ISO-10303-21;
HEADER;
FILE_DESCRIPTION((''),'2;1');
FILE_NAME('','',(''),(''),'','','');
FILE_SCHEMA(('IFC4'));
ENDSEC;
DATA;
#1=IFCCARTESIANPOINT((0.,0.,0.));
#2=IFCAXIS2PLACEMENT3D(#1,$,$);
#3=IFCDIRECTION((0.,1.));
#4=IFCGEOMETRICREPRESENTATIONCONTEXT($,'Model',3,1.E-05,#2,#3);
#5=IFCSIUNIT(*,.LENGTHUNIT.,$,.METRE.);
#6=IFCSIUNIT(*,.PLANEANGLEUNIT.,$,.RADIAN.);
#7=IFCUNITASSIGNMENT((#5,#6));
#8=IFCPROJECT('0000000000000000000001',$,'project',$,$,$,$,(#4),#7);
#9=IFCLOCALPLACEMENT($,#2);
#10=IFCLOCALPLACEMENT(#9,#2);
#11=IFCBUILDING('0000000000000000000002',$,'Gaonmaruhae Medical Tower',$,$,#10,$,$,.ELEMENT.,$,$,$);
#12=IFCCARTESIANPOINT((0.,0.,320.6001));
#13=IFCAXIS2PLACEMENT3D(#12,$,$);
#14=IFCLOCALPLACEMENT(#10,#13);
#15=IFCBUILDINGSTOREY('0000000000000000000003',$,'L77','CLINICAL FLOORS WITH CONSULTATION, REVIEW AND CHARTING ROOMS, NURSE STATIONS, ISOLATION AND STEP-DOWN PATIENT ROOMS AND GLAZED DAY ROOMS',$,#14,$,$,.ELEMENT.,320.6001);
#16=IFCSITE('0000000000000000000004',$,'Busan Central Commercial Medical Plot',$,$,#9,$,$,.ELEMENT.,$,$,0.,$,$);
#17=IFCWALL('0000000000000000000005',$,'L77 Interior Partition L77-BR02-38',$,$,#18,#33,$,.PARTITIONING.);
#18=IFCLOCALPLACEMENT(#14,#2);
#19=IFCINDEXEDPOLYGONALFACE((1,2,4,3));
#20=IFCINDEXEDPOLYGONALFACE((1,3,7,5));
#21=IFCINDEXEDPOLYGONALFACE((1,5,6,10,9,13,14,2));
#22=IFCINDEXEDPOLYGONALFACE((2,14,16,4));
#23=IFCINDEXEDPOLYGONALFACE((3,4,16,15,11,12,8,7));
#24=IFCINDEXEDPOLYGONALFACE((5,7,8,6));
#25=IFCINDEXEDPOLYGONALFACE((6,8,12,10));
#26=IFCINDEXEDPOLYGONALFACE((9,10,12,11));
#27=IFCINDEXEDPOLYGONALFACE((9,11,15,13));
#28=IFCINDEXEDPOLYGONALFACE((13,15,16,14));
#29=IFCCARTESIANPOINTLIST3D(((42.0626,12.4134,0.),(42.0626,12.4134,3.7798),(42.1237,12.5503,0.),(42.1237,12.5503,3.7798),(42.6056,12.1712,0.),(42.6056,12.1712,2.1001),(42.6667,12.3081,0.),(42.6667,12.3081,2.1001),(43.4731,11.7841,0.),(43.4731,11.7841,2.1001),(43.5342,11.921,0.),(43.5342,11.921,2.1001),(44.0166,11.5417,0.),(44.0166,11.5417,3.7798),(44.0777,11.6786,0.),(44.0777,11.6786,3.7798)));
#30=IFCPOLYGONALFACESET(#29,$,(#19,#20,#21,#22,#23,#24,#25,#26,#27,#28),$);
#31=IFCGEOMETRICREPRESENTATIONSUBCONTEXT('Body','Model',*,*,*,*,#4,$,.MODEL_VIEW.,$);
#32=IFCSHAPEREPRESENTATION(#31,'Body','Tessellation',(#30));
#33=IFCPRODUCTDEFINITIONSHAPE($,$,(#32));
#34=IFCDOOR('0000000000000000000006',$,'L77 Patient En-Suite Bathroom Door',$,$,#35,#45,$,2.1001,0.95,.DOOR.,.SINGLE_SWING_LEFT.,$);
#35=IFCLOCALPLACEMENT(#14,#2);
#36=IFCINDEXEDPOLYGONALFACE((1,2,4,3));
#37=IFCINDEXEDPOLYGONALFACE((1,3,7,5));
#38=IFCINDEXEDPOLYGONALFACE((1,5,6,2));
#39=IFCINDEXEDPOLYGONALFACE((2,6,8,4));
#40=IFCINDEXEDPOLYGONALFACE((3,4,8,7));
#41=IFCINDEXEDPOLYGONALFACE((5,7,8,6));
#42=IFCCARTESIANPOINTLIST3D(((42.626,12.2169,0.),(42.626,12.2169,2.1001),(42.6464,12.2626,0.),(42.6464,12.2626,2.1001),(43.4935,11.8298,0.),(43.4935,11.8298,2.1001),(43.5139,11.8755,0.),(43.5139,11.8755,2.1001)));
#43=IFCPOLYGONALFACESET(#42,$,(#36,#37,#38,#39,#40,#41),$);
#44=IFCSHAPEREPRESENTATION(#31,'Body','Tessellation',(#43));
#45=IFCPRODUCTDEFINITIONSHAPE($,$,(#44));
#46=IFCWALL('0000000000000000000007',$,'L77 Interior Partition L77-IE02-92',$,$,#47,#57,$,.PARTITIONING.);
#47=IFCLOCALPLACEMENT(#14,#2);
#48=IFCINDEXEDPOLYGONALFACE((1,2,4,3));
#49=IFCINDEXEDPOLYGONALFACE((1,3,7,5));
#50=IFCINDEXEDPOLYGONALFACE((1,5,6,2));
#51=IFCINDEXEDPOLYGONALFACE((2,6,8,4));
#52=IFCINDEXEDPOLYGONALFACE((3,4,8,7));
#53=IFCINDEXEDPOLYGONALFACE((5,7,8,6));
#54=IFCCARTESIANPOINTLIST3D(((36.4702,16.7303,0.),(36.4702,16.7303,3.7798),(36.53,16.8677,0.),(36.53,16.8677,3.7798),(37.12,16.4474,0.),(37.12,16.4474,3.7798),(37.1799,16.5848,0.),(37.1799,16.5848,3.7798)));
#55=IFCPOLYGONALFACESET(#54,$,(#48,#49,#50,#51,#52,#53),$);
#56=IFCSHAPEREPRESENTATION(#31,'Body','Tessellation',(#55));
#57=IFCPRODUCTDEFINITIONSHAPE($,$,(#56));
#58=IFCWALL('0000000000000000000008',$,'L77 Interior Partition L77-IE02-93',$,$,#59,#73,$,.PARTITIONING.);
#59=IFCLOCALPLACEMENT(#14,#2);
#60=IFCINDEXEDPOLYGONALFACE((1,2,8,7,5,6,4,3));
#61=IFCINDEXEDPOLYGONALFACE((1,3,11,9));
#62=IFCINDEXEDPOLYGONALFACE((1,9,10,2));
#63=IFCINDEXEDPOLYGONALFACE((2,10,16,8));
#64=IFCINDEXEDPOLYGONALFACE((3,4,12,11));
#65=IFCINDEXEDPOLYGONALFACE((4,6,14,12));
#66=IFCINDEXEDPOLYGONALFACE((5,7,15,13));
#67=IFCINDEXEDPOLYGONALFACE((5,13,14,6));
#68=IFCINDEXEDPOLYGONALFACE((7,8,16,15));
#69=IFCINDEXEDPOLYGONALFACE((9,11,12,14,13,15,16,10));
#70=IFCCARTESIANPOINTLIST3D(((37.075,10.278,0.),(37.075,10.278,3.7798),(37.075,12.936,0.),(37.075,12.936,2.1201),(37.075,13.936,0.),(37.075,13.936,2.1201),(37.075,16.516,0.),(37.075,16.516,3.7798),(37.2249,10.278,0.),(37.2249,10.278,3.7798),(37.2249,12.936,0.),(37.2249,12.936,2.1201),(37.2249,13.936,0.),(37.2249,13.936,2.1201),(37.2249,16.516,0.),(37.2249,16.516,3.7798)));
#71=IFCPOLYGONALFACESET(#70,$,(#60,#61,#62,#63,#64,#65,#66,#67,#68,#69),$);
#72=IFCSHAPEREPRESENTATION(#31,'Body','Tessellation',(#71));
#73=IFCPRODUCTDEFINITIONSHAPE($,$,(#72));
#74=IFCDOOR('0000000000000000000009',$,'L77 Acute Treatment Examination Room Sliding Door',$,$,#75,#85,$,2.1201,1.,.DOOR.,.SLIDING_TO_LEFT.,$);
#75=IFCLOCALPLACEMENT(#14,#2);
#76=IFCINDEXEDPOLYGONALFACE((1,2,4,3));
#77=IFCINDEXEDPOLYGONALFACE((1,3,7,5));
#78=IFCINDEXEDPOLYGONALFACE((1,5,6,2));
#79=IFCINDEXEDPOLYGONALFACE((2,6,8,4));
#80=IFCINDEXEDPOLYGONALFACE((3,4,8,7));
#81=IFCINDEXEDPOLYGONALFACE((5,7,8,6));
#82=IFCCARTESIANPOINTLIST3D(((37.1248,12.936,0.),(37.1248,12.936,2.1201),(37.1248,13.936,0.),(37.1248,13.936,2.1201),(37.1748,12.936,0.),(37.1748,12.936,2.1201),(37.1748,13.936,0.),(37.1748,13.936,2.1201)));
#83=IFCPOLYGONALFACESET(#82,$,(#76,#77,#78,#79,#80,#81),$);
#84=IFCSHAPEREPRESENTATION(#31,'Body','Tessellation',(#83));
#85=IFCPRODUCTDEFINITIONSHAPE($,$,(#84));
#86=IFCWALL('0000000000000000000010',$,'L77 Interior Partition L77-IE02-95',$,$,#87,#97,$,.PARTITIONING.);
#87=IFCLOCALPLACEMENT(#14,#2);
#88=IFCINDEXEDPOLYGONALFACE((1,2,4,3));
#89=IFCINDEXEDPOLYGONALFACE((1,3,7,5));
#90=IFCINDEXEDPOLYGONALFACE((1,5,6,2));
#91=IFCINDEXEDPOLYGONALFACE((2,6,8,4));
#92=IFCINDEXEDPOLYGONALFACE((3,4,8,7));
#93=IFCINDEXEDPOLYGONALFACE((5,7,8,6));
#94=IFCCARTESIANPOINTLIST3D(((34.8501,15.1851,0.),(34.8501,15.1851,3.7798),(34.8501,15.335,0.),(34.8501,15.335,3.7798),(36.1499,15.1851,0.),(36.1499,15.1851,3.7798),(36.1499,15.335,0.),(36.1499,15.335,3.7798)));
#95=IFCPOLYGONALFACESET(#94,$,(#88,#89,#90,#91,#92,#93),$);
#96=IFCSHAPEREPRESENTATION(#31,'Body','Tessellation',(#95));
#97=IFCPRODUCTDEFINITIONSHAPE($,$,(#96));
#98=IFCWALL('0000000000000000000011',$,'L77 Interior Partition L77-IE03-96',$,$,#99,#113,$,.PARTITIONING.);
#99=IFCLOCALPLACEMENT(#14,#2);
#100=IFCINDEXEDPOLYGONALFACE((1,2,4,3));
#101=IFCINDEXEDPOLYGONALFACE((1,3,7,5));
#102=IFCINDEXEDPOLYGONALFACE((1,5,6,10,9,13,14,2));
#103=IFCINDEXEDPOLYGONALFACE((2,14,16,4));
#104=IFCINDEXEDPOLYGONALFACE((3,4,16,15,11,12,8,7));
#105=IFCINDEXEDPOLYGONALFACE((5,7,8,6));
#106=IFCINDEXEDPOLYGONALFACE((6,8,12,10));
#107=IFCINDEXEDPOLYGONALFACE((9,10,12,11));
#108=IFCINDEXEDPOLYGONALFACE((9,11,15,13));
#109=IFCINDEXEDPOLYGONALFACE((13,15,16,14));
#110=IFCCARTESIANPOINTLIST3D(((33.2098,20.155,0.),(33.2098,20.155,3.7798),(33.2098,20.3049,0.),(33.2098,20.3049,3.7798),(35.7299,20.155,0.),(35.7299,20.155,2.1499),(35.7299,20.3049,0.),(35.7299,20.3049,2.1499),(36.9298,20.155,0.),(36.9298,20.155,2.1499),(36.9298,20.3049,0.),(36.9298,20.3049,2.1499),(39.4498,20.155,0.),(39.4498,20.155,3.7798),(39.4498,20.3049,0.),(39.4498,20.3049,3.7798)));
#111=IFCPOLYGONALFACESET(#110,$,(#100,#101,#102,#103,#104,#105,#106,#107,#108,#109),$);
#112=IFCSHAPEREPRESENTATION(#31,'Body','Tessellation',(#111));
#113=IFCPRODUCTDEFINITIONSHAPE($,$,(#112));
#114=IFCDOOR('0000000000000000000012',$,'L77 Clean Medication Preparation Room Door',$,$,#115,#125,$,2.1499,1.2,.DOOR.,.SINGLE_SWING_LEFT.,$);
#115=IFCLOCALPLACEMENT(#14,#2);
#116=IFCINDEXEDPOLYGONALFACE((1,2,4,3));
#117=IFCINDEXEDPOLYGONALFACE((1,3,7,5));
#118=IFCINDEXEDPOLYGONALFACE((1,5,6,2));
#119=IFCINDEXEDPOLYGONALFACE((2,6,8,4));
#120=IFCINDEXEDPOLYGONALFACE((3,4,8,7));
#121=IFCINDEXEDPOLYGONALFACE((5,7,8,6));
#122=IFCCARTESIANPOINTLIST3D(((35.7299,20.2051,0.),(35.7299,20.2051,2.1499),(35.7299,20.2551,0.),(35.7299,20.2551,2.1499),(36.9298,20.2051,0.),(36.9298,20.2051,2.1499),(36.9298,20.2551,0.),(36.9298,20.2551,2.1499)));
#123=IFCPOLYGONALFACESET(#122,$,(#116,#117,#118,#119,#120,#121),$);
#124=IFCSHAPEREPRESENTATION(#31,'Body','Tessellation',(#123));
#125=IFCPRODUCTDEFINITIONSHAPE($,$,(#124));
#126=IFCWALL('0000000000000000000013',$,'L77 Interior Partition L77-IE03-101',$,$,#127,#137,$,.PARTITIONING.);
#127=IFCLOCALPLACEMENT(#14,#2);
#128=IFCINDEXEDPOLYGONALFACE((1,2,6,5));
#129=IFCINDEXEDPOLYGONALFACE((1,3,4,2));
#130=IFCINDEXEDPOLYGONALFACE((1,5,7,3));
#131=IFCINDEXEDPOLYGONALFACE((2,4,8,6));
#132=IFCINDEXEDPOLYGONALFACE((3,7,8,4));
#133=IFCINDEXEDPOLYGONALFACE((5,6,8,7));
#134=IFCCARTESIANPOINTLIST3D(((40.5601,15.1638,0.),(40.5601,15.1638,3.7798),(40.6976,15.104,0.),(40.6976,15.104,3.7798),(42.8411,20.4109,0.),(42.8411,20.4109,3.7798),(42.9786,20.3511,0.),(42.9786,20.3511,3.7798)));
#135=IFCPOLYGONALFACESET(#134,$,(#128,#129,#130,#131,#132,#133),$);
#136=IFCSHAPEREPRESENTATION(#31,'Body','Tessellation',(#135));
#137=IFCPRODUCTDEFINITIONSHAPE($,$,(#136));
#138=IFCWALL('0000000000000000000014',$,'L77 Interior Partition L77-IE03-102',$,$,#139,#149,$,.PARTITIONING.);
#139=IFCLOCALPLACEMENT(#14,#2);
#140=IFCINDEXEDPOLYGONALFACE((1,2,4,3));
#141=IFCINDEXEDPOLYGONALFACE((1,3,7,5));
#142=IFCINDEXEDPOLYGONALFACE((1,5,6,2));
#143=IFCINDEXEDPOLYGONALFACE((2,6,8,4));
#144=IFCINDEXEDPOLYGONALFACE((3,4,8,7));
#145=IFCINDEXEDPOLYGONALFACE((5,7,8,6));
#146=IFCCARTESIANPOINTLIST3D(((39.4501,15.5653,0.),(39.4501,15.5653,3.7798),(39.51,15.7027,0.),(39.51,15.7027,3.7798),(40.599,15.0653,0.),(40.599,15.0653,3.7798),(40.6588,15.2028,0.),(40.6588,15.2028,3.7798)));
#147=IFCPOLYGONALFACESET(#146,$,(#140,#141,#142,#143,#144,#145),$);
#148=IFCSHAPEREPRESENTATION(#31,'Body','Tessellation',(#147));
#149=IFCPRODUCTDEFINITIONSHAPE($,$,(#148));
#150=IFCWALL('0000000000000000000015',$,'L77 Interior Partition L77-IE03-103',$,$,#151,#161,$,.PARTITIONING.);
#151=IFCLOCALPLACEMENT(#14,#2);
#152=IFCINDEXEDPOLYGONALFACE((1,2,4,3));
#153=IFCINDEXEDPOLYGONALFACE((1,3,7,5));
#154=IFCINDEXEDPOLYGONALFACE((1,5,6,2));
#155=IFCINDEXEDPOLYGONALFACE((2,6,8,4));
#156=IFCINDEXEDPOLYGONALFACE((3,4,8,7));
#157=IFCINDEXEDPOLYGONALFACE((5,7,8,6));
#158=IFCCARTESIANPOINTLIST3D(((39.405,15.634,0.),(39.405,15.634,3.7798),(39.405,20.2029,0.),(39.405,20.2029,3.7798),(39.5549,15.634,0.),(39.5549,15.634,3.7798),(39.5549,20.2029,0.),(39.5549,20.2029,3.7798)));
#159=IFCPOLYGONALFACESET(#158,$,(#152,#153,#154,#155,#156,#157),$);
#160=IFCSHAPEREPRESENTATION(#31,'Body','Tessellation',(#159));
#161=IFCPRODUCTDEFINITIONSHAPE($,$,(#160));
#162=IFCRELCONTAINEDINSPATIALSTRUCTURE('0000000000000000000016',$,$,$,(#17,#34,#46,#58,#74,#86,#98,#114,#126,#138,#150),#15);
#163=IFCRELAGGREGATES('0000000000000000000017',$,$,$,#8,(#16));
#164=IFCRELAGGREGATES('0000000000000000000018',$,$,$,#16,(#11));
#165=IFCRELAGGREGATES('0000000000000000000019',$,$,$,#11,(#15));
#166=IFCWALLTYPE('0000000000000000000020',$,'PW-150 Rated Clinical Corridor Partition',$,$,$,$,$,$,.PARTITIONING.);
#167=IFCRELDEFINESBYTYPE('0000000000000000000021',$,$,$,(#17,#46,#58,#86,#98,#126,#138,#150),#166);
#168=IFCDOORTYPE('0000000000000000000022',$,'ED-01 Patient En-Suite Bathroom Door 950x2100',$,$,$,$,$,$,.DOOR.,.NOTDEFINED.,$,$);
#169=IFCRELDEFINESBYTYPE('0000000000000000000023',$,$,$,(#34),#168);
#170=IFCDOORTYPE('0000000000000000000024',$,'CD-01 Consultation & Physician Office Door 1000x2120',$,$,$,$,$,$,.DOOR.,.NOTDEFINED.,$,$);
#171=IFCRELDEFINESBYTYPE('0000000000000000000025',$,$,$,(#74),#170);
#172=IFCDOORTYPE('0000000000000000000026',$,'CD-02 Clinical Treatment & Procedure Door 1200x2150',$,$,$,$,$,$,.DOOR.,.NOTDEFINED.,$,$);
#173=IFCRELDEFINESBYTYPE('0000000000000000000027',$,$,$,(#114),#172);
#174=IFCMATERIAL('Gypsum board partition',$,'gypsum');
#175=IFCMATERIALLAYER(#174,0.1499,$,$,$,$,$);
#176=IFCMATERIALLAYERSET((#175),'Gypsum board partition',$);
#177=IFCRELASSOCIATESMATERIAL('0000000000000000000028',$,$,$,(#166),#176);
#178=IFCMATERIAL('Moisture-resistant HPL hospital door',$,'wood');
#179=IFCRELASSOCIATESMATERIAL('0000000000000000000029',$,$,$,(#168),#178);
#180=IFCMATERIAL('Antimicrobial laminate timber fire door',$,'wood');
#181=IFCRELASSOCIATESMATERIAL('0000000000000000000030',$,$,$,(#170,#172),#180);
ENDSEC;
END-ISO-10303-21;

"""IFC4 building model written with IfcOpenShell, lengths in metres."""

from ifc_helpers import new_model, si_unit, direction, frame, frame_2d, origin, place, context, subcontext, project, spatial, rectangle, extrude, material, layer, layer_set, type_object, element, fill, save


model = new_model("IFC4")

# Units and contexts
model_context = context("Model", 3, precision=1e-05, world=origin(), true_north=direction((0.0, 1.0)))
body_context = subcontext(model_context, "Body", "Model", "MODEL_VIEW")
ifc_project = project(units=[si_unit("LENGTHUNIT", "METRE"), si_unit("PLANEANGLEUNIT", "RADIAN")], contexts=[model_context])

# Site, building, storey
site_placement = place(None, origin())
site = spatial("IfcSite", under=ifc_project, at=site_placement, Name="Busan Central Commercial Medical Plot", CompositionType="ELEMENT", RefElevation=0.0)
building_placement = place(site_placement, origin())
building = spatial("IfcBuilding", under=site, at=building_placement, Name="Gaonmaruhae Medical Tower", CompositionType="ELEMENT")
storey_placement = place(building_placement, frame((0.0, 0.0, 320.6001)))
storey = spatial("IfcBuildingStorey", under=building, at=storey_placement, Name="L77", Description="CLINICAL FLOORS WITH CONSULTATION, REVIEW AND CHARTING ROOMS, NURSE STATIONS, ISOLATION AND STEP-DOWN PATIENT ROOMS AND GLAZED DAY ROOMS", CompositionType="ELEMENT", Elevation=320.6001)

# Shared definitions
ifc_material_1 = material(Name="Gypsum board partition", Category="gypsum")

# Shared definitions
ifc_layer_1 = layer(ifc_material_1, 0.1499)
ifc_layer_set_1 = layer_set([ifc_layer_1], Name="Gypsum board partition")
wall_type_1 = type_object("IfcWallType", Name="PW-150 Rated Clinical Corridor Partition", PredefinedType="PARTITIONING", material=ifc_layer_set_1)
ifc_material_2 = material(Name="Antimicrobial laminate timber fire door", Category="wood")

# Wall, opening, door
wall_1_placement = place(storey_placement, frame((44.0471, 11.6101, 0.0), z_axis=(0.0, 0.0, 1.0), x_axis=(-0.913232, 0.40744, 0.0)))
wall_1 = element("IfcWall", 1, at=wall_1_placement, inside=storey, type_object=wall_type_1, Name="L77 Interior Partition L77-BR02-38", PredefinedType="PARTITIONING", context=body_context, shape_type="SweptSolid", body=[
    extrude(rectangle(XDim=2.1396, YDim=0.1499, at=frame_2d((1.0698, 0.0))), origin(), (0.0, 0.0, 1.0), 3.7798),
])
opening_1_placement = place(wall_1_placement, frame((0.595, 0.0, 0.0)))
opening_1 = element("IfcOpeningElement", 2, at=opening_1_placement, cuts=wall_1, PredefinedType="OPENING", context=body_context, shape_type="SweptSolid", body=[
    extrude(rectangle(XDim=0.95, YDim=2.1001, at=frame_2d((0.4751, 1.05))), frame((0.0, 0.085, 0.0), z_axis=(0.0, -1.0, 0.0), x_axis=(1.0, 0.0, 0.0)), (0.0, 0.0, 1.0), 0.1699),
])
ifc_material_3 = material(Name="Moisture-resistant HPL hospital door", Category="wood")
door_type_1 = type_object("IfcDoorType", Name="ED-01 Patient En-Suite Bathroom Door 950x2100", OperationType="NOTDEFINED", PredefinedType="DOOR", material=ifc_material_3)
door_1_placement = place(opening_1_placement, origin())
door_1 = element("IfcDoor", 3, at=door_1_placement, inside=storey, type_object=door_type_1, Name="L77 Patient En-Suite Bathroom Door", OperationType="SINGLE_SWING_LEFT", OverallHeight=2.1001, OverallWidth=0.95, PredefinedType="DOOR", context=body_context, shape_type="SweptSolid", body=[
    extrude(rectangle(XDim=0.95, YDim=2.1001, at=frame_2d((0.4751, 1.05))), frame((0.0, 0.0249, 0.0), z_axis=(0.0, -1.0, 0.0), x_axis=(1.0, 0.0, 0.0)), (0.0, 0.0, 1.0), 0.05),
])
fill(opening_1, door_1)

# Wall
wall_2_placement = place(storey_placement, frame((36.5, 16.7991, 0.0), z_axis=(0.0, 0.0, 1.0), x_axis=(0.916867, -0.399192, 0.0)))
element("IfcWall", 4, at=wall_2_placement, inside=storey, type_object=wall_type_1, Name="L77 Interior Partition L77-IE02-92", PredefinedType="PARTITIONING", context=body_context, shape_type="SweptSolid", body=[
    extrude(rectangle(XDim=0.7087, YDim=0.1499, at=frame_2d((0.3545, 0.0))), origin(), (0.0, 0.0, 1.0), 3.7798),
])

# Wall, opening, door
wall_3_placement = place(storey_placement, frame((37.1499, 16.5161, 0.0), z_axis=(0.0, 0.0, 1.0), x_axis=(0.0, -1.0, 0.0)))
wall_3 = element("IfcWall", 5, at=wall_3_placement, inside=storey, type_object=wall_type_1, Name="L77 Interior Partition L77-IE02-93", PredefinedType="PARTITIONING", context=body_context, shape_type="SweptSolid", body=[
    extrude(rectangle(XDim=6.238, YDim=0.1499, at=frame_2d((3.1191, 0.0))), origin(), (0.0, 0.0, 1.0), 3.7798),
])
opening_2_placement = place(wall_3_placement, frame((2.5801, 0.0, 0.0)))
opening_2 = element("IfcOpeningElement", 6, at=opening_2_placement, cuts=wall_3, PredefinedType="OPENING", context=body_context, shape_type="SweptSolid", body=[
    extrude(rectangle(XDim=1.0, YDim=2.1201, at=frame_2d((0.5, 1.0601))), frame((0.0, 0.085, 0.0), z_axis=(0.0, -1.0, 0.0), x_axis=(1.0, 0.0, 0.0)), (0.0, 0.0, 1.0), 0.1699),
])
door_type_2 = type_object("IfcDoorType", Name="CD-01 Consultation & Physician Office Door 1000x2120", OperationType="NOTDEFINED", PredefinedType="DOOR", material=ifc_material_2)
door_2_placement = place(opening_2_placement, origin())
door_2 = element("IfcDoor", 7, at=door_2_placement, inside=storey, type_object=door_type_2, Name="L77 Acute Treatment Examination Room Sliding Door", OperationType="SLIDING_TO_LEFT", OverallHeight=2.1201, OverallWidth=1.0, PredefinedType="DOOR", context=body_context, shape_type="SweptSolid", body=[
    extrude(rectangle(XDim=1.0, YDim=2.1201, at=frame_2d((0.5, 1.0601))), frame((0.0, 0.0249, 0.0), z_axis=(0.0, -1.0, 0.0), x_axis=(1.0, 0.0, 0.0)), (0.0, 0.0, 1.0), 0.05),
])
fill(opening_2, door_2)

# Wall
wall_4_placement = place(storey_placement, frame((36.1499, 15.26, 0.0), z_axis=(0.0, 0.0, 1.0), x_axis=(-1.0, 0.0, 0.0)))
element("IfcWall", 8, at=wall_4_placement, inside=storey, type_object=wall_type_1, Name="L77 Interior Partition L77-IE02-95", PredefinedType="PARTITIONING", context=body_context, shape_type="SweptSolid", body=[
    extrude(rectangle(XDim=1.2998, YDim=0.1499, at=frame_2d((0.6499, 0.0))), origin(), (0.0, 0.0, 1.0), 3.7798),
])

# Wall, opening, door
wall_5_placement = place(storey_placement, frame((39.45, 20.23, 0.0), z_axis=(0.0, 0.0, 1.0), x_axis=(-1.0, 0.0, 0.0)))
wall_5 = element("IfcWall", 9, at=wall_5_placement, inside=storey, type_object=wall_type_1, Name="L77 Interior Partition L77-IE03-96", PredefinedType="PARTITIONING", context=body_context, shape_type="SweptSolid", body=[
    extrude(rectangle(XDim=6.24, YDim=0.1499, at=frame_2d((3.1201, 0.0))), origin(), (0.0, 0.0, 1.0), 3.7798),
])
opening_3_placement = place(wall_5_placement, frame((2.52, 0.0, 0.0)))
opening_3 = element("IfcOpeningElement", 10, at=opening_3_placement, cuts=wall_5, PredefinedType="OPENING", context=body_context, shape_type="SweptSolid", body=[
    extrude(rectangle(XDim=1.2, YDim=2.1499, at=frame_2d((0.6001, 1.075))), frame((0.0, 0.085, 0.0), z_axis=(0.0, -1.0, 0.0), x_axis=(1.0, 0.0, 0.0)), (0.0, 0.0, 1.0), 0.1699),
])
door_type_3 = type_object("IfcDoorType", Name="CD-02 Clinical Treatment & Procedure Door 1200x2150", OperationType="NOTDEFINED", PredefinedType="DOOR", material=ifc_material_2)
door_3_placement = place(opening_3_placement, origin())
door_3 = element("IfcDoor", 11, at=door_3_placement, inside=storey, type_object=door_type_3, Name="L77 Clean Medication Preparation Room Door", OperationType="SINGLE_SWING_LEFT", OverallHeight=2.1499, OverallWidth=1.2, PredefinedType="DOOR", context=body_context, shape_type="SweptSolid", body=[
    extrude(rectangle(XDim=1.2, YDim=2.1499, at=frame_2d((0.6001, 1.075))), frame((0.0, 0.0249, 0.0), z_axis=(0.0, -1.0, 0.0), x_axis=(1.0, 0.0, 0.0)), (0.0, 0.0, 1.0), 0.05),
])
fill(opening_3, door_3)

# Walls
wall_6_placement = place(storey_placement, frame((42.9099, 20.3811, 0.0), z_axis=(0.0, 0.0, 1.0), x_axis=(-0.398678, -0.917091, 0.0)))
element("IfcWall", 12, at=wall_6_placement, inside=storey, type_object=wall_type_1, Name="L77 Interior Partition L77-IE03-101", PredefinedType="PARTITIONING", context=body_context, shape_type="SweptSolid", body=[
    extrude(rectangle(XDim=5.7214, YDim=0.1499, at=frame_2d((2.8608, 0.0))), origin(), (0.0, 0.0, 1.0), 3.7798),
])
wall_7_placement = place(storey_placement, frame((40.6289, 15.134, 0.0), z_axis=(0.0, 0.0, 1.0), x_axis=(-0.916934, 0.39904, 0.0)))
element("IfcWall", 13, at=wall_7_placement, inside=storey, type_object=wall_type_1, Name="L77 Interior Partition L77-IE03-102", PredefinedType="PARTITIONING", context=body_context, shape_type="SweptSolid", body=[
    extrude(rectangle(XDim=1.2529, YDim=0.1499, at=frame_2d((0.6265, 0.0))), origin(), (0.0, 0.0, 1.0), 3.7798),
])
wall_8_placement = place(storey_placement, frame((39.48, 15.634, 0.0), z_axis=(0.0, 0.0, 1.0), x_axis=(0.0, 1.0, 0.0)))
element("IfcWall", 14, at=wall_8_placement, inside=storey, type_object=wall_type_1, Name="L77 Interior Partition L77-IE03-103", PredefinedType="PARTITIONING", context=body_context, shape_type="SweptSolid", body=[
    extrude(rectangle(XDim=4.5688, YDim=0.1499, at=frame_2d((2.2844, 0.0))), origin(), (0.0, 0.0, 1.0), 3.7798),
])

save(model, "model.ifc")
